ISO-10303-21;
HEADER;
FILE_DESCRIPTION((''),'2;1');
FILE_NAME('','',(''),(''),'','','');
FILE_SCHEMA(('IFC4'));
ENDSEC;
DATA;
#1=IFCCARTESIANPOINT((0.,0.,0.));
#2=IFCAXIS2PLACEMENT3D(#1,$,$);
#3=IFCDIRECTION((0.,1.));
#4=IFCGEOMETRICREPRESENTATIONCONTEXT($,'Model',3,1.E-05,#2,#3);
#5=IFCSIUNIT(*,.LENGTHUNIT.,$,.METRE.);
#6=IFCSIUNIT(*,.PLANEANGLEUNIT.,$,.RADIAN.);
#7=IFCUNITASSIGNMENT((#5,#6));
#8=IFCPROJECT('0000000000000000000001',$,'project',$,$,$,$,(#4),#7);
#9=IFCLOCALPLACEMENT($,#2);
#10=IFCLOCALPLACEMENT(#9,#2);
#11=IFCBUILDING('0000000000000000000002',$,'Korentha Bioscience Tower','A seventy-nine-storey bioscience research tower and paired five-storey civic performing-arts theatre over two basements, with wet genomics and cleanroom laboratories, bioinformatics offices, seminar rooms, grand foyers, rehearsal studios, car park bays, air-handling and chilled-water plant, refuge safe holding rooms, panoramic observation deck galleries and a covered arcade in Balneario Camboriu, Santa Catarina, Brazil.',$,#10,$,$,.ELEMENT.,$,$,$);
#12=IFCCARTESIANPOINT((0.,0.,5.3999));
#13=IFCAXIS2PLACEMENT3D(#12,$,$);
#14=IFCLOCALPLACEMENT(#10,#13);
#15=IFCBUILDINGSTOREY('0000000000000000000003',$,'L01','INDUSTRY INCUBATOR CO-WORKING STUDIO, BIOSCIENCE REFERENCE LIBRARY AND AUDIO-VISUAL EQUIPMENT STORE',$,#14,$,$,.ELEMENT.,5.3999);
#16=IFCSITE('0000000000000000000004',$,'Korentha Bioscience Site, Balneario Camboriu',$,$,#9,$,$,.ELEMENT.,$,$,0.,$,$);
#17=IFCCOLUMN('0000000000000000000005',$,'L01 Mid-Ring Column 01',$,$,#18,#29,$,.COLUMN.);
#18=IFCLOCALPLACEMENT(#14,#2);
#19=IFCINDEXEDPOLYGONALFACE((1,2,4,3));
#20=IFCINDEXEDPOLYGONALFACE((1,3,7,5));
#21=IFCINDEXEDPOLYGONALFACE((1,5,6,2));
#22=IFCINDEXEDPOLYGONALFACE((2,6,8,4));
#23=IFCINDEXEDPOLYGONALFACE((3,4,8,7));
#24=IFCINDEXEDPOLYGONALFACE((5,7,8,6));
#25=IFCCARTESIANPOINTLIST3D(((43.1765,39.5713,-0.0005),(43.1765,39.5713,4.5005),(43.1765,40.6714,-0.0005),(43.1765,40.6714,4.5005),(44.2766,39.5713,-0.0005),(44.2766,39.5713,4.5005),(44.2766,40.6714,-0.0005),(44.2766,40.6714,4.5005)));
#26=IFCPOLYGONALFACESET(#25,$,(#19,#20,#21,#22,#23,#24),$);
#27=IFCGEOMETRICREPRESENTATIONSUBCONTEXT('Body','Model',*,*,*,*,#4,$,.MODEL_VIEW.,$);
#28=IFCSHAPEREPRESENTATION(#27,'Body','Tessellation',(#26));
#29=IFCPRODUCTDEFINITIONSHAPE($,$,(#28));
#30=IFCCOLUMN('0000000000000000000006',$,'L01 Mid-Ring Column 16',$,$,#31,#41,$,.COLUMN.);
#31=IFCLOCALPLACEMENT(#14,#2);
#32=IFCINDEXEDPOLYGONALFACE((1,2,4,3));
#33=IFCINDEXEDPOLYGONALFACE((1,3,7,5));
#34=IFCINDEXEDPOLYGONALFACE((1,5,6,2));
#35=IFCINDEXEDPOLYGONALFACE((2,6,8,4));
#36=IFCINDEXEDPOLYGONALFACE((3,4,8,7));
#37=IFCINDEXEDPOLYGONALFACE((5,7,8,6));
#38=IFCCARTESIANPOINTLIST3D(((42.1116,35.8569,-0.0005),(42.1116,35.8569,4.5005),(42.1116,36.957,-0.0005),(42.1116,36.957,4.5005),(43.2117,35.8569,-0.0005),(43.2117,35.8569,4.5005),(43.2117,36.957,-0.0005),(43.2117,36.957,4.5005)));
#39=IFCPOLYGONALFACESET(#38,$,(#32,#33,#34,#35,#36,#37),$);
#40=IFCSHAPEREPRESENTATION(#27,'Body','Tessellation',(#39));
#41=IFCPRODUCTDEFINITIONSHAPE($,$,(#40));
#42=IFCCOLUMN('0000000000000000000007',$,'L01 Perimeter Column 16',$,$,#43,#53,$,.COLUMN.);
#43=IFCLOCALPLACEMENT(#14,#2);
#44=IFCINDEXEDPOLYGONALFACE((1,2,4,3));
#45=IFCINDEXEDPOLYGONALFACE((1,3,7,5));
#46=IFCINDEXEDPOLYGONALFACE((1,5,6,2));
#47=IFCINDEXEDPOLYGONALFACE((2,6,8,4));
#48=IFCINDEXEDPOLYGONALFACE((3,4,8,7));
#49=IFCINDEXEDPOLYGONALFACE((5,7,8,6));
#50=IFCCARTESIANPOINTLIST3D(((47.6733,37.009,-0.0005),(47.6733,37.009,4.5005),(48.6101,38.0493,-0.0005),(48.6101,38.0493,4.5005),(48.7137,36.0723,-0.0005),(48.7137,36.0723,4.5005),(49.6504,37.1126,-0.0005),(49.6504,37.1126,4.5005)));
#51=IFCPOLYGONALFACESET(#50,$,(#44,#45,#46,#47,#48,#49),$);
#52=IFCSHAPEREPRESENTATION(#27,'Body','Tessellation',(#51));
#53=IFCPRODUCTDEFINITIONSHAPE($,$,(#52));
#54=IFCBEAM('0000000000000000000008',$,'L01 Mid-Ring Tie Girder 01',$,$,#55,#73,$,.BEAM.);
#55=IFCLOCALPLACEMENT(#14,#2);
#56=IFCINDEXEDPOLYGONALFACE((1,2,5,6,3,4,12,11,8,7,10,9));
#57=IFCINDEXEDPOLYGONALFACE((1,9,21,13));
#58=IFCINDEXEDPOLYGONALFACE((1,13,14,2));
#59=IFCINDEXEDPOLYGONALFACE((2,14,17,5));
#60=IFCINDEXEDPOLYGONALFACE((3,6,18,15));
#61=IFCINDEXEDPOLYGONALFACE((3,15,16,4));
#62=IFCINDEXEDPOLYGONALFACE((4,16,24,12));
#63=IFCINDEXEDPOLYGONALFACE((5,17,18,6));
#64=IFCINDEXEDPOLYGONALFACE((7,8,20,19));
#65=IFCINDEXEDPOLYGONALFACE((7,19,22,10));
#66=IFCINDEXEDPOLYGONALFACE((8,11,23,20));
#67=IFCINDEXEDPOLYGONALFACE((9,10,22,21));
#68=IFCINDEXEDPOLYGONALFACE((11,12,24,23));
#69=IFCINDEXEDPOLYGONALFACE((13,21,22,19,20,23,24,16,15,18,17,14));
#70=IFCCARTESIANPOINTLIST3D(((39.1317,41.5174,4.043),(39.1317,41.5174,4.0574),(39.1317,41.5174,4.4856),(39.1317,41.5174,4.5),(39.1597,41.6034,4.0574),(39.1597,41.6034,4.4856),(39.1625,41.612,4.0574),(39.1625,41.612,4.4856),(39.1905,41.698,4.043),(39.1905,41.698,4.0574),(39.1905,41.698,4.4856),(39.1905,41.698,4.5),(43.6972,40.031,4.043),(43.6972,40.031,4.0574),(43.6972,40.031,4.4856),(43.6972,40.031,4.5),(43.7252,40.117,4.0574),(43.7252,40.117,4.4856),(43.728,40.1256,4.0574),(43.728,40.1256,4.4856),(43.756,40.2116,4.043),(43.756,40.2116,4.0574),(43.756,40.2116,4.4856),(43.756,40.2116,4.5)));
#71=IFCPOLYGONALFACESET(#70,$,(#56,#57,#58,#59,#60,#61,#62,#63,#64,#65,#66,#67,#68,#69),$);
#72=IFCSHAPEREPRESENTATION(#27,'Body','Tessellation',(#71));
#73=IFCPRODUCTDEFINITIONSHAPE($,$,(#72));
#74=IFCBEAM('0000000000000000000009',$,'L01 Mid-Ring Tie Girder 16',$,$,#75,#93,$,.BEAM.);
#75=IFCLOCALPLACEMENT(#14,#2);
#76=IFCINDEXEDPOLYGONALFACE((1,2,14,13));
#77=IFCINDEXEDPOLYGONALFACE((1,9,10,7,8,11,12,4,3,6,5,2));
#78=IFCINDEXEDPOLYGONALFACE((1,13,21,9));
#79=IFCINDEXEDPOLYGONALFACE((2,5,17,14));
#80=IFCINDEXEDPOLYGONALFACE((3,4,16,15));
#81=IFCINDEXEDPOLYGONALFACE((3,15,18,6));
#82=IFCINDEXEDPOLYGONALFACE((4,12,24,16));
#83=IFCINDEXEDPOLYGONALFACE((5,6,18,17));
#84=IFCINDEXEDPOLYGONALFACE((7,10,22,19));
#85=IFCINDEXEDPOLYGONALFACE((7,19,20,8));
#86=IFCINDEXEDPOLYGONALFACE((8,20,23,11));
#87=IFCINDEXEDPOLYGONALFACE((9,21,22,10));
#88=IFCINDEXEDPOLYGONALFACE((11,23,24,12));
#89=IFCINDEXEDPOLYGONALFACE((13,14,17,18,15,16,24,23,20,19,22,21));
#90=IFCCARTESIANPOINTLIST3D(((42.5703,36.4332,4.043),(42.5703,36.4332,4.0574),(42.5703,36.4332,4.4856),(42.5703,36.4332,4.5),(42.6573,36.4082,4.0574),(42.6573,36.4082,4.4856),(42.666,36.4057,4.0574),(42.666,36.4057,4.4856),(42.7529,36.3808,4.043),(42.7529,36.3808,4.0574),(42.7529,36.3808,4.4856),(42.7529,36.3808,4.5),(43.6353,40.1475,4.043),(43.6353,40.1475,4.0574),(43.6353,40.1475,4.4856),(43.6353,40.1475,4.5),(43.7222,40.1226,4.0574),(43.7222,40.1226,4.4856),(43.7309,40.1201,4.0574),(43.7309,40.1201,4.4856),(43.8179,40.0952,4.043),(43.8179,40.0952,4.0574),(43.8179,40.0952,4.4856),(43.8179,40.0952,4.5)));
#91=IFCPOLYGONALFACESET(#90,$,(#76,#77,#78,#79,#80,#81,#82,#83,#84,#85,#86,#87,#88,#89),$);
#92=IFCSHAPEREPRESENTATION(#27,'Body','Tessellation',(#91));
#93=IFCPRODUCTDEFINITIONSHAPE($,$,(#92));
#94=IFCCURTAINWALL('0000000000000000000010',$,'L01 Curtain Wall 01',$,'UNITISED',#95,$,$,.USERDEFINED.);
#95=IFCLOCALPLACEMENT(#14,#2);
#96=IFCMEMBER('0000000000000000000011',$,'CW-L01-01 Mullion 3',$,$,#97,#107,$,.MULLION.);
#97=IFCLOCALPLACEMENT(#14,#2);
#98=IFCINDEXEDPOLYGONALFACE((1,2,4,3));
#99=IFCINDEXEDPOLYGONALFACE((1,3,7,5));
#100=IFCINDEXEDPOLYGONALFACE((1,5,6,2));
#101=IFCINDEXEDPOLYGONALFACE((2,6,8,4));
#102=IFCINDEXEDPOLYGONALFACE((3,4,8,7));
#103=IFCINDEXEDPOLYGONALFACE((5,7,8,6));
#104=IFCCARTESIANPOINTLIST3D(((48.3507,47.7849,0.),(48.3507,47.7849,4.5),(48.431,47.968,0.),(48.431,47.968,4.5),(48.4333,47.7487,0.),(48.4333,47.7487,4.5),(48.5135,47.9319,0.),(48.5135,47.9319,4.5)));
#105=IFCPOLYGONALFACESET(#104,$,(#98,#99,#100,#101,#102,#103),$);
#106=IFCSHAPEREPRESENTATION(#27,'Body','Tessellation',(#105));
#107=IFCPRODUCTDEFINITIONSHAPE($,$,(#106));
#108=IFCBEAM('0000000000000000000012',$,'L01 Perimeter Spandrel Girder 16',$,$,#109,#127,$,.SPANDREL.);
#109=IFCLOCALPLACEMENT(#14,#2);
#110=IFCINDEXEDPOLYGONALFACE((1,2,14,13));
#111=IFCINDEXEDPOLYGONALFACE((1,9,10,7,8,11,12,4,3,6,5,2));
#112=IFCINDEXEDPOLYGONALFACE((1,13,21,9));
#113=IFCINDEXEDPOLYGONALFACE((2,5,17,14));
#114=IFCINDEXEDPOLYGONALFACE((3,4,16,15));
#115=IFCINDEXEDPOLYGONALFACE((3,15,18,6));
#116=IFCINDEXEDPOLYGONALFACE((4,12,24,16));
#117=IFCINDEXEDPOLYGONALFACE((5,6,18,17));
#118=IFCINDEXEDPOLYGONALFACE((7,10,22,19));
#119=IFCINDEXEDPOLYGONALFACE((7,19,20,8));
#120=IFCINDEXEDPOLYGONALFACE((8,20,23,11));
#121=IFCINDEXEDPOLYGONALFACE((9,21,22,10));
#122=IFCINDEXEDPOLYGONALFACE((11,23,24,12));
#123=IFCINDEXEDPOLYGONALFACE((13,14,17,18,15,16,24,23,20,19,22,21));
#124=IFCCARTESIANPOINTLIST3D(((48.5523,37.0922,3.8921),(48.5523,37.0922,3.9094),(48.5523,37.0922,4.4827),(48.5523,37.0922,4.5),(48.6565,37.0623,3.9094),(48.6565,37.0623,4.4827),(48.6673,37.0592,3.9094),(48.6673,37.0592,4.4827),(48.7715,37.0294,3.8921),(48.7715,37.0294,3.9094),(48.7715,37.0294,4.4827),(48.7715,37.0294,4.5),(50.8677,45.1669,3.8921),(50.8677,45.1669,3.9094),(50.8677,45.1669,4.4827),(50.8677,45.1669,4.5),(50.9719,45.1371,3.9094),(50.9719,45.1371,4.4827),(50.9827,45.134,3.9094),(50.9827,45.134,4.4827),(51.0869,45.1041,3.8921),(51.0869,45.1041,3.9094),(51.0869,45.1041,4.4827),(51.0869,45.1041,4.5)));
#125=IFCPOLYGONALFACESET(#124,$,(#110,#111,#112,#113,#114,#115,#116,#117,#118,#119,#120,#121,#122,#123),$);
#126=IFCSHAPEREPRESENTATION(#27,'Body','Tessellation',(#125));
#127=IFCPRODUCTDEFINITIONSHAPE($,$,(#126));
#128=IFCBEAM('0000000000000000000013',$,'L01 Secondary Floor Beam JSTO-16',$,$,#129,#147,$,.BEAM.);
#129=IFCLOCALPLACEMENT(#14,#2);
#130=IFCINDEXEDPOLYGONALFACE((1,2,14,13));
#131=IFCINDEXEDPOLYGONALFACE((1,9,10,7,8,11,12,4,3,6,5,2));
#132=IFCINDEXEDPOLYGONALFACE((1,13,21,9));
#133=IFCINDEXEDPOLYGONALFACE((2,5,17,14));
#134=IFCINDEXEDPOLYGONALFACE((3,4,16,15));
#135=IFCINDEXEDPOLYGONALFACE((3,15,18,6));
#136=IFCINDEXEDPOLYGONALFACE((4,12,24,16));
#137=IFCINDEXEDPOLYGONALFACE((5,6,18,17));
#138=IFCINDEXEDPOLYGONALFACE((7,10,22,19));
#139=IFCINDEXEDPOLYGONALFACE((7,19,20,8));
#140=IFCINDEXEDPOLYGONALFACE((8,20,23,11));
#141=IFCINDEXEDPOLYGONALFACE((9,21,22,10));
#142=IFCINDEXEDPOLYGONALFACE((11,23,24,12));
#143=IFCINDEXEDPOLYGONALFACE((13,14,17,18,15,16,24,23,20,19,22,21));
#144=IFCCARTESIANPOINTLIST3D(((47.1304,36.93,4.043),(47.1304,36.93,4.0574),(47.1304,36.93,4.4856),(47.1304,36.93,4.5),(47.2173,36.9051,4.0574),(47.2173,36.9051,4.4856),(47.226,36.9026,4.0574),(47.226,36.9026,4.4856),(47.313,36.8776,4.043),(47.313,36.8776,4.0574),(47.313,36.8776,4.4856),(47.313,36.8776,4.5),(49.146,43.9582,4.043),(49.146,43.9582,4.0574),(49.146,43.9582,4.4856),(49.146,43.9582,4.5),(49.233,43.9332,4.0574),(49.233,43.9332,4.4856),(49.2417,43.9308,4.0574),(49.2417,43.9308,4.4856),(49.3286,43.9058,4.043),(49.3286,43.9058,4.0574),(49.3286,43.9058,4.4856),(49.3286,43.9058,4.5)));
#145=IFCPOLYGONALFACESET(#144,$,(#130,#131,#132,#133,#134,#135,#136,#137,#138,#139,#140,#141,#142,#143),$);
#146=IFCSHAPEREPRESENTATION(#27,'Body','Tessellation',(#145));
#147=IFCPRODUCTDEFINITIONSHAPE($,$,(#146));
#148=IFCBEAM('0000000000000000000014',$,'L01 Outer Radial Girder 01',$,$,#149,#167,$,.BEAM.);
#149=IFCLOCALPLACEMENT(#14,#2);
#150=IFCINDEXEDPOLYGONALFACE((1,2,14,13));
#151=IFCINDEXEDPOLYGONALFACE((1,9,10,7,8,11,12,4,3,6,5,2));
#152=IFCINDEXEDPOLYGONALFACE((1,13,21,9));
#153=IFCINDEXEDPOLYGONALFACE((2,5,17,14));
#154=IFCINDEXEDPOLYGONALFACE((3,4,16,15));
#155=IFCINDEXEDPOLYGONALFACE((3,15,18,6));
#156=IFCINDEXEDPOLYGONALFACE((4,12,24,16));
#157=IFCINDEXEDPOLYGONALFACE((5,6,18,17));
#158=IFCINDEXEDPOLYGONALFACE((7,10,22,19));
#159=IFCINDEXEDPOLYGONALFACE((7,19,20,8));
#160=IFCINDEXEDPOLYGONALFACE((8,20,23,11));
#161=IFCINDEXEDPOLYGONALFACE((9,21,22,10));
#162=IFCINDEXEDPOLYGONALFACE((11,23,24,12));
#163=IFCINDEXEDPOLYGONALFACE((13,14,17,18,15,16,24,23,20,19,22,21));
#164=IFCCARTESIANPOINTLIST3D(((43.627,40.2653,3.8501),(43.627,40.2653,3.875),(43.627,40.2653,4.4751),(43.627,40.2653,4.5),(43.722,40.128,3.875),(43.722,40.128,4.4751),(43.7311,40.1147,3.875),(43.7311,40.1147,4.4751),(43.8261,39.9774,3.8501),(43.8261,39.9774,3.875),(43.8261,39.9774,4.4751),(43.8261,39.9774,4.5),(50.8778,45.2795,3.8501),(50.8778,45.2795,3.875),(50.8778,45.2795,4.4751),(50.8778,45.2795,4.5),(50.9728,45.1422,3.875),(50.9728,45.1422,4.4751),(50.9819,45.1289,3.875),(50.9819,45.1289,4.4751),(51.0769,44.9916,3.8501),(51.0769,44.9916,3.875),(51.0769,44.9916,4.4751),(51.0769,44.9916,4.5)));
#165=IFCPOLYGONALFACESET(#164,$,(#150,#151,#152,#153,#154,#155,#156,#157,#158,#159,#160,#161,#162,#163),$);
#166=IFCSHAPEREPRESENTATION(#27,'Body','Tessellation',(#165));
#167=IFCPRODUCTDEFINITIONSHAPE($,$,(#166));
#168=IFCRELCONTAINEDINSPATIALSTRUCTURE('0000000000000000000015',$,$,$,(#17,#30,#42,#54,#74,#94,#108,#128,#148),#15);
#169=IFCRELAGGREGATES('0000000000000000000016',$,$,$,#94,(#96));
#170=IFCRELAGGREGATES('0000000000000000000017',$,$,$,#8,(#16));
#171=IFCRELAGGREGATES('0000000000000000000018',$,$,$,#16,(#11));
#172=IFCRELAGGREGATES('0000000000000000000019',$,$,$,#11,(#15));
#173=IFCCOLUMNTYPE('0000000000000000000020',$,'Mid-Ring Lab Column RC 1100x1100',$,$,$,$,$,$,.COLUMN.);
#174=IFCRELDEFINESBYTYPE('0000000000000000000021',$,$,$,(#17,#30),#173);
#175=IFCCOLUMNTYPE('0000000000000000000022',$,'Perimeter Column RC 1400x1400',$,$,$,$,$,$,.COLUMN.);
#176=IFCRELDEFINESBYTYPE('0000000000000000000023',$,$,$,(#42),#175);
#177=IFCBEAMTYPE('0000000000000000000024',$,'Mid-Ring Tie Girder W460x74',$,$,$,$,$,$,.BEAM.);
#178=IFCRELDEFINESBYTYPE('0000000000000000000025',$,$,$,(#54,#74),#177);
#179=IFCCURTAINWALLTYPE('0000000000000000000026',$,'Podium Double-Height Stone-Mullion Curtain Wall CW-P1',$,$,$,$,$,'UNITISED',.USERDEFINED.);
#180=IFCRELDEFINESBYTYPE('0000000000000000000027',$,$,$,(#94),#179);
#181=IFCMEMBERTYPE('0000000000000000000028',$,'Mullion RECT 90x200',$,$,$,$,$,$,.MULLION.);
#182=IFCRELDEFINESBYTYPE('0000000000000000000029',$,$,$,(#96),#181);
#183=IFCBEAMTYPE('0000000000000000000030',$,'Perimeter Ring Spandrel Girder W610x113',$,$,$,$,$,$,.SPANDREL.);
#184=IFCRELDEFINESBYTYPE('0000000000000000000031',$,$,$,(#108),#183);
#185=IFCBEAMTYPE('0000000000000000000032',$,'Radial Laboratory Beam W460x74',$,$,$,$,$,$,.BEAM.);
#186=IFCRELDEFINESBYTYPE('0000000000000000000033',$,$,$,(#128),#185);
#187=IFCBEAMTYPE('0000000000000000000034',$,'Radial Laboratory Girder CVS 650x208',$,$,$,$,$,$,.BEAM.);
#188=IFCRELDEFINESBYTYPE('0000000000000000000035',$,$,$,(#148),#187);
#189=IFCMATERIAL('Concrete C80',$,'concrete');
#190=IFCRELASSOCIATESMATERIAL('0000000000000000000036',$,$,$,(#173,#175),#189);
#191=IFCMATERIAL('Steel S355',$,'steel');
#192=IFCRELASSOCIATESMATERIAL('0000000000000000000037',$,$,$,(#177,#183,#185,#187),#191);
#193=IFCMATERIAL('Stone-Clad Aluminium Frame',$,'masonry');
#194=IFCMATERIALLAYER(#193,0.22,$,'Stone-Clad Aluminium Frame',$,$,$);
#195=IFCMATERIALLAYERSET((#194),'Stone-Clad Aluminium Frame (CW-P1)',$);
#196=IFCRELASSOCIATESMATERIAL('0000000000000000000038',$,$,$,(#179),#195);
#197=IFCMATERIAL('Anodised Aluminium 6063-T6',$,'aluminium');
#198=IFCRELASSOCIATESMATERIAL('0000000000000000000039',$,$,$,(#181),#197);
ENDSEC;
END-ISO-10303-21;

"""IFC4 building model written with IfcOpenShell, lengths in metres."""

from ifc_helpers import new_model, si_unit, direction, frame, origin, origin_2d, place, context, subcontext, project, spatial, rectangle, i_section, extrude, material, layer, layer_set, material_profile, profile_set, type_object, element, aggregate, save


model = new_model("IFC4")

# Units and contexts
model_context = context("Model", 3, precision=1e-05, world=origin(), true_north=direction((0.0, 1.0)))
body_context = subcontext(model_context, "Body", "Model", "MODEL_VIEW")
ifc_project = project(units=[si_unit("LENGTHUNIT", "METRE"), si_unit("PLANEANGLEUNIT", "RADIAN")], contexts=[model_context])

# Site, building, storey
site_placement = place(None, origin())
site = spatial("IfcSite", under=ifc_project, at=site_placement, Name="Korentha Bioscience Site, Balneario Camboriu", CompositionType="ELEMENT", RefElevation=0.0)
building_placement = place(site_placement, origin())
building = spatial("IfcBuilding", under=site, at=building_placement, Name="Korentha Bioscience Tower", Description="A seventy-nine-storey bioscience research tower and paired five-storey civic performing-arts theatre over two basements, with wet genomics and cleanroom laboratories, bioinformatics offices, seminar rooms, grand foyers, rehearsal studios, car park bays, air-handling and chilled-water plant, refuge safe holding rooms, panoramic observation deck galleries and a covered arcade in Balneario Camboriu, Santa Catarina, Brazil.", CompositionType="ELEMENT")
storey_placement = place(building_placement, frame((0.0, 0.0, 5.3999)))
storey = spatial("IfcBuildingStorey", under=building, at=storey_placement, Name="L01", Description="INDUSTRY INCUBATOR CO-WORKING STUDIO, BIOSCIENCE REFERENCE LIBRARY AND AUDIO-VISUAL EQUIPMENT STORE", CompositionType="ELEMENT", Elevation=5.3999)

# Columns
ifc_material_1 = material(Name="Concrete C80", Category="concrete")
ifc_material_profile_1 = material_profile(ifc_material_1, rectangle(XDim=1.1001, YDim=1.1001, at=origin_2d()), Name="Concrete C80")
ifc_profile_set_1 = profile_set([ifc_material_profile_1], Name="Concrete C80 (COL-MR11)")
column_type_1 = type_object("IfcColumnType", Name="Mid-Ring Lab Column RC 1100x1100", PredefinedType="COLUMN", material=ifc_profile_set_1)
for number, where, z_axis, x_axis, name in (
    (1, (43.7266, 40.1213, -0.0005), (0.0, 0.0, 1.0), (1.0, 0.0, 0.0), "L01 Mid-Ring Column 01"),
    (2, (42.6616, 36.407, -0.0005), (0.0, 0.0, 1.0), (1.0, 0.0, 0.0), "L01 Mid-Ring Column 16"),
):
    element("IfcColumn", number, at=place(storey_placement, frame(where, z_axis=z_axis, x_axis=x_axis)), inside=storey, type_object=column_type_1, Name=name, PredefinedType="COLUMN", context=body_context, shape_type="SweptSolid", body=[
        extrude(rectangle(XDim=1.1001, YDim=1.1001, at=origin_2d()), origin(), (0.0, 0.0, 1.0), 4.501),
    ])
ifc_material_profile_2 = material_profile(ifc_material_1, rectangle(XDim=1.3999, YDim=1.3999, at=origin_2d()), Name="Concrete C80")
ifc_profile_set_2 = profile_set([ifc_material_profile_2], Name="Concrete C80 (COL-P14)")
column_type_2 = type_object("IfcColumnType", Name="Perimeter Column RC 1400x1400", PredefinedType="COLUMN", material=ifc_profile_set_2)
column_placement = place(storey_placement, frame((48.6619, 37.0608, -0.0005), z_axis=(0.0, 0.0, 1.0), x_axis=(0.669131, 0.743145, 0.0)))
element("IfcColumn", 3, at=column_placement, inside=storey, type_object=column_type_2, Name="L01 Perimeter Column 16", PredefinedType="COLUMN", context=body_context, shape_type="SweptSolid", body=[
    extrude(rectangle(XDim=1.3999, YDim=1.3999, at=origin_2d()), origin(), (0.0, 0.0, 1.0), 4.501),
])

# Beams
ifc_material_2 = material(Name="Steel S355", Category="steel")
ifc_material_profile_3 = material_profile(ifc_material_2, i_section(OverallWidth=0.1899, OverallDepth=0.457, WebThickness=0.009, FlangeThickness=0.0144, at=origin_2d()), Name="Steel S355")
ifc_profile_set_3 = profile_set([ifc_material_profile_3], Name="Steel S355 (MB-460)")
beam_type_1 = type_object("IfcBeamType", Name="Mid-Ring Tie Girder W460x74", PredefinedType="BEAM", material=ifc_profile_set_3)
beam_1_placement = place(storey_placement, frame((43.7266, 40.1213, 4.2715), z_axis=(-0.950877, 0.309569, 0.0), x_axis=(-0.309569, -0.950877, 0.0)))
element("IfcBeam", 4, at=beam_1_placement, inside=storey, type_object=beam_type_1, Name="L01 Mid-Ring Tie Girder 01", PredefinedType="BEAM", context=body_context, shape_type="SweptSolid", body=[
    extrude(i_section(OverallWidth=0.1899, OverallDepth=0.457, WebThickness=0.009, FlangeThickness=0.0144, at=origin_2d()), origin(), (0.0, 0.0, 1.0), 4.8013),
])
beam_2_placement = place(storey_placement, frame((42.6616, 36.407, 4.2715), z_axis=(0.275606, 0.961271, 0.0), x_axis=(-0.961271, 0.275606, 0.0)))
element("IfcBeam", 5, at=beam_2_placement, inside=storey, type_object=beam_type_1, Name="L01 Mid-Ring Tie Girder 16", PredefinedType="BEAM", context=body_context, shape_type="SweptSolid", body=[
    extrude(i_section(OverallWidth=0.1899, OverallDepth=0.457, WebThickness=0.009, FlangeThickness=0.0144, at=origin_2d()), origin(), (0.0, 0.0, 1.0), 3.864),
])

# Curtain wall, member
ifc_material_3 = material(Name="Stone-Clad Aluminium Frame", Category="masonry")
ifc_layer_1 = layer(ifc_material_3, 0.22, Name="Stone-Clad Aluminium Frame")
ifc_layer_set_1 = layer_set([ifc_layer_1], Name="Stone-Clad Aluminium Frame (CW-P1)")
curtain_wall_type = type_object("IfcCurtainWallType", Name="Podium Double-Height Stone-Mullion Curtain Wall CW-P1", ElementType="UNITISED", PredefinedType="USERDEFINED", material=ifc_layer_set_1)
curtain_wall_placement = place(storey_placement, origin())
curtain_wall = element("IfcCurtainWall", 6, at=curtain_wall_placement, inside=storey, type_object=curtain_wall_type, Name="L01 Curtain Wall 01", ObjectType="UNITISED", PredefinedType="USERDEFINED")
ifc_material_4 = material(Name="Anodised Aluminium 6063-T6", Category="aluminium")
ifc_material_profile_4 = material_profile(ifc_material_4, rectangle(XDim=0.0901, YDim=0.2, at=origin_2d()), Name="Anodised Aluminium 6063-T6")
ifc_profile_set_4 = profile_set([ifc_material_profile_4], Name="Anodised Aluminium 6063-T6 (CW-MUL)")
member_type = type_object("IfcMemberType", Name="Mullion RECT 90x200", PredefinedType="MULLION", material=ifc_profile_set_4)
member_placement = place(storey_placement, frame((48.4321, 47.8584, 0.0), z_axis=(0.0, 0.0, 1.0), x_axis=(-0.915939, 0.401317, 0.0)))
member = element("IfcMember", 7, at=member_placement, type_object=member_type, Name="CW-L01-01 Mullion 3", PredefinedType="MULLION", context=body_context, shape_type="SweptSolid", body=[
    extrude(rectangle(XDim=0.0901, YDim=0.2, at=origin_2d()), origin(), (0.0, 0.0, 1.0), 4.5),
])
aggregate(curtain_wall, [member])

# Beams
ifc_material_profile_5 = material_profile(ifc_material_2, i_section(OverallWidth=0.228, OverallDepth=0.6079, WebThickness=0.0112, FlangeThickness=0.0173, at=origin_2d()), Name="Steel S355")
ifc_profile_set_5 = profile_set([ifc_material_profile_5], Name="Steel S355 (SB-610)")
beam_type_2 = type_object("IfcBeamType", Name="Perimeter Ring Spandrel Girder W610x113", PredefinedType="SPANDREL", material=ifc_profile_set_5)
beam_3_placement = place(storey_placement, frame((48.6619, 37.0608, 4.196), z_axis=(0.275642, 0.96126, 0.0), x_axis=(-0.96126, 0.275642, 0.0)))
element("IfcBeam", 8, at=beam_3_placement, inside=storey, type_object=beam_type_2, Name="L01 Perimeter Spandrel Girder 16", PredefinedType="SPANDREL", context=body_context, shape_type="SweptSolid", body=[
    extrude(i_section(OverallWidth=0.228, OverallDepth=0.6079, WebThickness=0.0112, FlangeThickness=0.0173, at=origin_2d()), origin(), (0.0, 0.0, 1.0), 8.4001),
])
ifc_material_profile_6 = material_profile(ifc_material_2, i_section(OverallWidth=0.1899, OverallDepth=0.457, WebThickness=0.009, FlangeThickness=0.0144, at=origin_2d()), Name="Steel S355")
ifc_profile_set_6 = profile_set([ifc_material_profile_6], Name="Steel S355 (RB-460)")
beam_type_3 = type_object("IfcBeamType", Name="Radial Laboratory Beam W460x74", PredefinedType="BEAM", material=ifc_profile_set_6)
beam_4_placement = place(storey_placement, frame((47.2217, 36.9038, 4.2715), z_axis=(0.275682, 0.961249, 0.0), x_axis=(-0.961249, 0.275682, 0.0)))
element("IfcBeam", 9, at=beam_4_placement, inside=storey, type_object=beam_type_3, Name="L01 Secondary Floor Beam JSTO-16", PredefinedType="BEAM", context=body_context, shape_type="SweptSolid", body=[
    extrude(i_section(OverallWidth=0.1899, OverallDepth=0.457, WebThickness=0.009, FlangeThickness=0.0144, at=origin_2d()), origin(), (0.0, 0.0, 1.0), 7.3115),
])
ifc_material_profile_7 = material_profile(ifc_material_2, i_section(OverallWidth=0.3501, OverallDepth=0.6499, WebThickness=0.0161, FlangeThickness=0.0249, at=origin_2d()), Name="Steel S355")
ifc_profile_set_7 = profile_set([ifc_material_profile_7], Name="Steel S355 (RB-650)")
beam_type_4 = type_object("IfcBeamType", Name="Radial Laboratory Girder CVS 650x208", PredefinedType="BEAM", material=ifc_profile_set_7)
beam_5_placement = place(storey_placement, frame((43.7266, 40.1213, 4.175), z_axis=(0.822488, 0.568782, 0.0), x_axis=(-0.568782, 0.822488, 0.0)))
element("IfcBeam", 10, at=beam_5_placement, inside=storey, type_object=beam_type_4, Name="L01 Outer Radial Girder 01", PredefinedType="BEAM", context=body_context, shape_type="SweptSolid", body=[
    extrude(i_section(OverallWidth=0.3501, OverallDepth=0.6499, WebThickness=0.0161, FlangeThickness=0.0249, at=origin_2d()), origin(), (0.0, 0.0, 1.0), 8.8157),
])

save(model, "model.ifc")
